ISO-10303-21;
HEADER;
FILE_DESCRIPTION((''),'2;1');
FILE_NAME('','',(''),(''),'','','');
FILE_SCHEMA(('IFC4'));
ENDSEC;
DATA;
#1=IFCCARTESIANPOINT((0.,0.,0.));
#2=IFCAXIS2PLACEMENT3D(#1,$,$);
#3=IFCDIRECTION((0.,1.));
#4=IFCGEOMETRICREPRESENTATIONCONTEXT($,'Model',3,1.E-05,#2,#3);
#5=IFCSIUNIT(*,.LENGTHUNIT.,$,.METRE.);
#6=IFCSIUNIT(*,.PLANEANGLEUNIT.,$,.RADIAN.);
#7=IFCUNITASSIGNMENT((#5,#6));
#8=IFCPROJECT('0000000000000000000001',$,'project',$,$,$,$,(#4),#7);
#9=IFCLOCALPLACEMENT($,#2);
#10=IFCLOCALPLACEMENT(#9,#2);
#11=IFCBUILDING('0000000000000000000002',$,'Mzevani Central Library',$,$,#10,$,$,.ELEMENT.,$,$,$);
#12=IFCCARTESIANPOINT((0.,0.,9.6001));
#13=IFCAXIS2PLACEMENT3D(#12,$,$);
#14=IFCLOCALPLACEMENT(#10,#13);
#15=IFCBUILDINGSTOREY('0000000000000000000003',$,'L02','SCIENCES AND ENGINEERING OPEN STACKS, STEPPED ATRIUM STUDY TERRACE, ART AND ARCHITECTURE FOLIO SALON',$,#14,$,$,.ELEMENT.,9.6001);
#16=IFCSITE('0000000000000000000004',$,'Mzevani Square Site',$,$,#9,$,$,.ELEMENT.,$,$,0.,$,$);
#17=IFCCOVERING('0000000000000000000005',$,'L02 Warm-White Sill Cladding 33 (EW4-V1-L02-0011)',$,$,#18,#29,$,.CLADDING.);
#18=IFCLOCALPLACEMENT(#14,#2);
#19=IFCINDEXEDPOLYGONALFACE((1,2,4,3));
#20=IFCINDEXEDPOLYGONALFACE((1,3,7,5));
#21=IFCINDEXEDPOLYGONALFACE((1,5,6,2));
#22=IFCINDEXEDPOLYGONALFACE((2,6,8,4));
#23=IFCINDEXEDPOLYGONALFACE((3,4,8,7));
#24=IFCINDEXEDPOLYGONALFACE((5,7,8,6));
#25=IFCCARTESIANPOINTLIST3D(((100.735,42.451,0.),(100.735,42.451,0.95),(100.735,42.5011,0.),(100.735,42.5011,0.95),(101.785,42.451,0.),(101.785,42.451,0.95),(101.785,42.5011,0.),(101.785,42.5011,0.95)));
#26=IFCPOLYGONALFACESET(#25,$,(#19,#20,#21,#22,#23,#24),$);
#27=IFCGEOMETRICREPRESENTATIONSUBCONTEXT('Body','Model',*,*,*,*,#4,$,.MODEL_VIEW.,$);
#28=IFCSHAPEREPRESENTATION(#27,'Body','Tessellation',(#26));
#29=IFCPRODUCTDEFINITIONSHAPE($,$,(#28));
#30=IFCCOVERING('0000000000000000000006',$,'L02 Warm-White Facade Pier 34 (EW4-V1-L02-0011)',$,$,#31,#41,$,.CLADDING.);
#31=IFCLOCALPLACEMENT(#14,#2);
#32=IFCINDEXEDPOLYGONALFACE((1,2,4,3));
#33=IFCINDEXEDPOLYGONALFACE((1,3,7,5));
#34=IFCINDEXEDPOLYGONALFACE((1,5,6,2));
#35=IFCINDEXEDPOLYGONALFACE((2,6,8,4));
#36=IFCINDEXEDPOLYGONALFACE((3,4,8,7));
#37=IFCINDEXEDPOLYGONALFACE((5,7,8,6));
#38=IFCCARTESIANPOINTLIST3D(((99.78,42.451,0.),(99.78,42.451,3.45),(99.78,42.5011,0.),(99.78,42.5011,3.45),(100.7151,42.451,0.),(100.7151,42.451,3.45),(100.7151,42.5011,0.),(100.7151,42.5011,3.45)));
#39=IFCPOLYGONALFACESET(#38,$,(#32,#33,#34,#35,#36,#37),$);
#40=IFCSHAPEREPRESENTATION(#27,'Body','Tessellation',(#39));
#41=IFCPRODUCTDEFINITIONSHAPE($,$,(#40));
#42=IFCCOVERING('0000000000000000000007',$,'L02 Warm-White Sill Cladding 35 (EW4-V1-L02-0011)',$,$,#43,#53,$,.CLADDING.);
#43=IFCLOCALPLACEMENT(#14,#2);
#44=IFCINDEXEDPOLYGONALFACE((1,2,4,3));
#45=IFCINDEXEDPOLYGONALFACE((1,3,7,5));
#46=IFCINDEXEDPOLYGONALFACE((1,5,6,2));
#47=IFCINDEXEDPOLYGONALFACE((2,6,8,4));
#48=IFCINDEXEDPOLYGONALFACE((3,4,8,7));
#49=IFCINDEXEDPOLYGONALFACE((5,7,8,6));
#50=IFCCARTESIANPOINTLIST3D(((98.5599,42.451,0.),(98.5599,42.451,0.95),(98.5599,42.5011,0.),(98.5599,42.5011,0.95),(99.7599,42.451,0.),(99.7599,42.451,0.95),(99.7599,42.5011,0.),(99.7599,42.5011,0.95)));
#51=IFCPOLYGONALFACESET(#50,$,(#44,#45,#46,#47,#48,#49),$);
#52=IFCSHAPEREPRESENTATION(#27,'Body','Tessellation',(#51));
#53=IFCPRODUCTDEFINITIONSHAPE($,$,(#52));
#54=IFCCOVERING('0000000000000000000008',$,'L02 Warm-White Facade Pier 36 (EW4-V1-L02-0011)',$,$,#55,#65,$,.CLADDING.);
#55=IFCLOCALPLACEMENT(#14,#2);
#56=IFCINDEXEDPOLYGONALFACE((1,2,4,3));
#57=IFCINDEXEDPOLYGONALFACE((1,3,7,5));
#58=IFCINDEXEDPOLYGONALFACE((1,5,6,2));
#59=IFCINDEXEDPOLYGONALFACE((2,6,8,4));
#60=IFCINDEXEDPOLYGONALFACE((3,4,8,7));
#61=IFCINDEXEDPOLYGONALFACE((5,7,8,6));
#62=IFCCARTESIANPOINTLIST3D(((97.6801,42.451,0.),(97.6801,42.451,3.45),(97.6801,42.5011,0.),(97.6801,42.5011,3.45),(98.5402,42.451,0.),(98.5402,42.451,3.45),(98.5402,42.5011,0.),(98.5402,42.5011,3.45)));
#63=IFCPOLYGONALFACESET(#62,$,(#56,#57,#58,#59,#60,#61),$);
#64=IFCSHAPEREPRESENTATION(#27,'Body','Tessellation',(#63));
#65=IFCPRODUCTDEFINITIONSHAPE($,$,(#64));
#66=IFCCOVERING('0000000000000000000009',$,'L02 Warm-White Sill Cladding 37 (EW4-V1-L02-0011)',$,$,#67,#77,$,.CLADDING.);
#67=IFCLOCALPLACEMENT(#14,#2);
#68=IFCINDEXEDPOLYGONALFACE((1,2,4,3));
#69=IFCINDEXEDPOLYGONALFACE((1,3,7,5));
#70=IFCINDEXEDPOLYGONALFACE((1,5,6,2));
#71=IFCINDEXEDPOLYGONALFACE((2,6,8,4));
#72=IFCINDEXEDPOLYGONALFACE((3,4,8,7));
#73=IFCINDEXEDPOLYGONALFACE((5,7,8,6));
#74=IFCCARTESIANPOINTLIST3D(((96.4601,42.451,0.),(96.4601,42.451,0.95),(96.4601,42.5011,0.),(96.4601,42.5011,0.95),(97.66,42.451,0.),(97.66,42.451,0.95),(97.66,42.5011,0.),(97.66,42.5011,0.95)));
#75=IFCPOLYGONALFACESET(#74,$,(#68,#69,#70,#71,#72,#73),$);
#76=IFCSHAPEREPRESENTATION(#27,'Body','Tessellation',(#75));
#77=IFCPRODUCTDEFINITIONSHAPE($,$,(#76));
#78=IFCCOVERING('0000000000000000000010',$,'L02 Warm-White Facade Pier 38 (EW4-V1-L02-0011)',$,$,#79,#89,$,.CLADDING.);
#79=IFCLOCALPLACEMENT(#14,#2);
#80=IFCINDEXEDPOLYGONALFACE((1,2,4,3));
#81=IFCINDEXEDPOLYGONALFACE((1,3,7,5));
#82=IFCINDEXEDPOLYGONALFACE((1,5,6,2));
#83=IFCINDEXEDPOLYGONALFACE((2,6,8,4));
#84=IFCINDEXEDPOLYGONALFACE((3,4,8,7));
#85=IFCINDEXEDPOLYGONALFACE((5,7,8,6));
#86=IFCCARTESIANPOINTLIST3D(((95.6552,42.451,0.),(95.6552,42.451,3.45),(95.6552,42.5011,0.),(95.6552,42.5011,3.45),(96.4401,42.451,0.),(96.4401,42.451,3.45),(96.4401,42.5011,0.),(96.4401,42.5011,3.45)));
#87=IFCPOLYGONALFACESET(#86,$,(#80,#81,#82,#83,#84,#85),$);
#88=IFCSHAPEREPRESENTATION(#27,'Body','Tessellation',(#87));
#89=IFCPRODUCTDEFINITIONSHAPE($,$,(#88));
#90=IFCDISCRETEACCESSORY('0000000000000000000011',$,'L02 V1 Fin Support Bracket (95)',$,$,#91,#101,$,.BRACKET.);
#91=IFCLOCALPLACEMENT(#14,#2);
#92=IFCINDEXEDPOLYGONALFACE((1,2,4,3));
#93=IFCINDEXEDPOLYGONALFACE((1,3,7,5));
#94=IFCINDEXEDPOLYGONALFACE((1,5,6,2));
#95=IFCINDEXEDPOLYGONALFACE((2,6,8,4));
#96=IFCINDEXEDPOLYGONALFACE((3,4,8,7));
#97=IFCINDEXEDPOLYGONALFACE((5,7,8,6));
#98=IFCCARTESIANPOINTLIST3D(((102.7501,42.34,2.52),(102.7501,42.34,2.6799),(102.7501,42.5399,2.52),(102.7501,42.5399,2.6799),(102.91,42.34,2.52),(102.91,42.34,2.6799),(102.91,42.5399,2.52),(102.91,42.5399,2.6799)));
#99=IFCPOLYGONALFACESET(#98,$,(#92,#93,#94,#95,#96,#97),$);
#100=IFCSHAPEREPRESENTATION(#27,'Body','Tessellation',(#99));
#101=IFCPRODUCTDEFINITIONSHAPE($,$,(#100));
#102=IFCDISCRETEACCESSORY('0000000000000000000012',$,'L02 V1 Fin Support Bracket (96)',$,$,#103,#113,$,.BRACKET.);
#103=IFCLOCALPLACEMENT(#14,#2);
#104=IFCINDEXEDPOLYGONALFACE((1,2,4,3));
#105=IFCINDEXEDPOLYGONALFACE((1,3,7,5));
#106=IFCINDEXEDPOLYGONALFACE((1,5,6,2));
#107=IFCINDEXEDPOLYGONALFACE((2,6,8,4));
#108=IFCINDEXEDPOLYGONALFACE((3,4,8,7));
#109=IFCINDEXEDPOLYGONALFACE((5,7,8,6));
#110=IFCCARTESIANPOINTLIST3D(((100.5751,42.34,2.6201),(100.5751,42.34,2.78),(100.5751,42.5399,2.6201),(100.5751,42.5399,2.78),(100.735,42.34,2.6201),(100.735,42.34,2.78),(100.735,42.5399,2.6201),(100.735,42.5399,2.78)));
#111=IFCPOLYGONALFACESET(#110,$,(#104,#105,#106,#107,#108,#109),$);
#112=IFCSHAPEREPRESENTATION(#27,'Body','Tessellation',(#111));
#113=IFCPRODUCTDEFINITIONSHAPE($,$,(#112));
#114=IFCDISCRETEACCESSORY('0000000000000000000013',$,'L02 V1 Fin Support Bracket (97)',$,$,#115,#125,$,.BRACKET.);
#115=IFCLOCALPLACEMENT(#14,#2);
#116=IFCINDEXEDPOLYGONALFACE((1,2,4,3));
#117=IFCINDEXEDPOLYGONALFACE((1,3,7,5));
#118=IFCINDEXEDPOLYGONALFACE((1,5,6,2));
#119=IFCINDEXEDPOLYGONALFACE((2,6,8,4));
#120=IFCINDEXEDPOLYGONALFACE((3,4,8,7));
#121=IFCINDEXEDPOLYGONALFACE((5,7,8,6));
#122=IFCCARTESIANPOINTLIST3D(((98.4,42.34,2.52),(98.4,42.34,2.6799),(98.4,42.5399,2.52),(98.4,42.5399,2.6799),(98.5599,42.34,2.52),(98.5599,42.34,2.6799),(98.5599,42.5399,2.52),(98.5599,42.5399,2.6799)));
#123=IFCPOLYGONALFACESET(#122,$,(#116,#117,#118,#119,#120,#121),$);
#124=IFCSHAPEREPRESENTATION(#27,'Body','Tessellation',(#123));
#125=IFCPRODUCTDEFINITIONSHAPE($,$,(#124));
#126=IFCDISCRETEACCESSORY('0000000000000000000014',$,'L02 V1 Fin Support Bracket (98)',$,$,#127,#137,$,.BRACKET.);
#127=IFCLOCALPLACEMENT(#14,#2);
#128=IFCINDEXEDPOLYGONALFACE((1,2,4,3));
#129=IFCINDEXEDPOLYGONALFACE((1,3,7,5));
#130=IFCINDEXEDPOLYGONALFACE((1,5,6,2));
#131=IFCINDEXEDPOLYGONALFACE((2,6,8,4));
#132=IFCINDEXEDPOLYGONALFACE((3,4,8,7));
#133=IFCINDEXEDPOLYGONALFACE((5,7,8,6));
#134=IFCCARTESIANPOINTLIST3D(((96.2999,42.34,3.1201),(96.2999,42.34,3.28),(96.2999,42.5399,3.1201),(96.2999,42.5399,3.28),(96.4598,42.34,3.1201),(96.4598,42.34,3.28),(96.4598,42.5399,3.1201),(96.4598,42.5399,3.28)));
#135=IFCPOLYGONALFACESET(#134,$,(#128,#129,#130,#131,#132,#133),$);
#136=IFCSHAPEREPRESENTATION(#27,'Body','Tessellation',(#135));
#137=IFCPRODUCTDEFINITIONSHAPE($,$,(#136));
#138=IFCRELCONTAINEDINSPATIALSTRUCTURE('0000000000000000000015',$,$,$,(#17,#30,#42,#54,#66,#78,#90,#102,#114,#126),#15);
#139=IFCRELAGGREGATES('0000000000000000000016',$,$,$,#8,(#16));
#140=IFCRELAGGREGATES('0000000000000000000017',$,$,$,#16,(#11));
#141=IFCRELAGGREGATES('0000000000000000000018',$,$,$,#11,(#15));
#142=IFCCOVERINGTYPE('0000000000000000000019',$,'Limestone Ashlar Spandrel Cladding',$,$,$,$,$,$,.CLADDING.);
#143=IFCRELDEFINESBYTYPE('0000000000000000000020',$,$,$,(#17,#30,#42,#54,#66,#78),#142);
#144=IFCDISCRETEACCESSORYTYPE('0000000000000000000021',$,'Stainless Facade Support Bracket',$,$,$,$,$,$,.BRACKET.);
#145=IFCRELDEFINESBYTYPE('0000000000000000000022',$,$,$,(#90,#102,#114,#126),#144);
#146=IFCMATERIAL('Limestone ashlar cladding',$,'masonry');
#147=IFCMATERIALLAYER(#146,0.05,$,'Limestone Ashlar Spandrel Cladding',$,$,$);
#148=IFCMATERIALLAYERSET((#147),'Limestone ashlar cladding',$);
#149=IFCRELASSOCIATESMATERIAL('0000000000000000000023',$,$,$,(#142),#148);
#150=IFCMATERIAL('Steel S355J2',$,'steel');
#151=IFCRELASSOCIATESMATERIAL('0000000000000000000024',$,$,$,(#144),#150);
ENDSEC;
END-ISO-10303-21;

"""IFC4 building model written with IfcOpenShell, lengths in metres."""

from ifc_helpers import new_model, si_unit, direction, frame, origin, origin_2d, place, context, subcontext, project, spatial, rectangle, extrude, material, layer, layer_set, type_object, element, save


model = new_model("IFC4")

# Units and contexts
model_context = context("Model", 3, precision=1e-05, world=origin(), true_north=direction((0.0, 1.0)))
body_context = subcontext(model_context, "Body", "Model", "MODEL_VIEW")
ifc_project = project(units=[si_unit("LENGTHUNIT", "METRE"), si_unit("PLANEANGLEUNIT", "RADIAN")], contexts=[model_context])

# Site, building, storey
site_placement = place(None, origin())
site = spatial("IfcSite", under=ifc_project, at=site_placement, Name="Mzevani Square Site", CompositionType="ELEMENT", RefElevation=0.0)
building_placement = place(site_placement, origin())
building = spatial("IfcBuilding", under=site, at=building_placement, Name="Mzevani Central Library", CompositionType="ELEMENT")
storey_placement = place(building_placement, frame((0.0, 0.0, 9.6001)))
storey = spatial("IfcBuildingStorey", under=building, at=storey_placement, Name="L02", Description="SCIENCES AND ENGINEERING OPEN STACKS, STEPPED ATRIUM STUDY TERRACE, ART AND ARCHITECTURE FOLIO SALON", CompositionType="ELEMENT", Elevation=9.6001)

# Coverings
ifc_material_1 = material(Name="Limestone ashlar cladding", Category="masonry")
ifc_layer_1 = layer(ifc_material_1, 0.05, Name="Limestone Ashlar Spandrel Cladding")
ifc_layer_set_1 = layer_set([ifc_layer_1], Name="Limestone ashlar cladding")
covering_type = type_object("IfcCoveringType", Name="Limestone Ashlar Spandrel Cladding", PredefinedType="CLADDING", material=ifc_layer_set_1)
covering_1_placement = place(storey_placement, frame((101.26, 42.4761, 0.0), z_axis=(0.0, 0.0, 1.0), x_axis=(-1.0, 0.0, 0.0)))
element("IfcCovering", 1, at=covering_1_placement, inside=storey, type_object=covering_type, Name="L02 Warm-White Sill Cladding 33 (EW4-V1-L02-0011)", PredefinedType="CLADDING", context=body_context, shape_type="SweptSolid", body=[
    extrude(rectangle(XDim=1.05, YDim=0.05, at=origin_2d()), origin(), (0.0, 0.0, 1.0), 0.95),
])
covering_2_placement = place(storey_placement, frame((100.2476, 42.4761, 0.0), z_axis=(0.0, 0.0, 1.0), x_axis=(-1.0, 0.0, 0.0)))
element("IfcCovering", 2, at=covering_2_placement, inside=storey, type_object=covering_type, Name="L02 Warm-White Facade Pier 34 (EW4-V1-L02-0011)", PredefinedType="CLADDING", context=body_context, shape_type="SweptSolid", body=[
    extrude(rectangle(XDim=0.9351, YDim=0.05, at=origin_2d()), origin(), (0.0, 0.0, 1.0), 3.45),
])
covering_3_placement = place(storey_placement, frame((99.1599, 42.4761, 0.0), z_axis=(0.0, 0.0, 1.0), x_axis=(-1.0, 0.0, 0.0)))
element("IfcCovering", 3, at=covering_3_placement, inside=storey, type_object=covering_type, Name="L02 Warm-White Sill Cladding 35 (EW4-V1-L02-0011)", PredefinedType="CLADDING", context=body_context, shape_type="SweptSolid", body=[
    extrude(rectangle(XDim=1.2, YDim=0.05, at=origin_2d()), origin(), (0.0, 0.0, 1.0), 0.95),
])
covering_4_placement = place(storey_placement, frame((98.1101, 42.4761, 0.0), z_axis=(0.0, 0.0, 1.0), x_axis=(-1.0, 0.0, 0.0)))
element("IfcCovering", 4, at=covering_4_placement, inside=storey, type_object=covering_type, Name="L02 Warm-White Facade Pier 36 (EW4-V1-L02-0011)", PredefinedType="CLADDING", context=body_context, shape_type="SweptSolid", body=[
    extrude(rectangle(XDim=0.8601, YDim=0.05, at=origin_2d()), origin(), (0.0, 0.0, 1.0), 3.45),
])
covering_5_placement = place(storey_placement, frame((97.0601, 42.4761, 0.0), z_axis=(0.0, 0.0, 1.0), x_axis=(-1.0, 0.0, 0.0)))
element("IfcCovering", 5, at=covering_5_placement, inside=storey, type_object=covering_type, Name="L02 Warm-White Sill Cladding 37 (EW4-V1-L02-0011)", PredefinedType="CLADDING", context=body_context, shape_type="SweptSolid", body=[
    extrude(rectangle(XDim=1.2, YDim=0.05, at=origin_2d()), origin(), (0.0, 0.0, 1.0), 0.95),
])
covering_6_placement = place(storey_placement, frame((96.0476, 42.4761, 0.0), z_axis=(0.0, 0.0, 1.0), x_axis=(-1.0, 0.0, 0.0)))
element("IfcCovering", 6, at=covering_6_placement, inside=storey, type_object=covering_type, Name="L02 Warm-White Facade Pier 38 (EW4-V1-L02-0011)", PredefinedType="CLADDING", context=body_context, shape_type="SweptSolid", body=[
    extrude(rectangle(XDim=0.7849, YDim=0.05, at=origin_2d()), origin(), (0.0, 0.0, 1.0), 3.45),
])

# Discrete accessories
ifc_material_2 = material(Name="Steel S355J2", Category="steel")
discrete_accessory_type = type_object("IfcDiscreteAccessoryType", Name="Stainless Facade Support Bracket", PredefinedType="BRACKET", material=ifc_material_2)
for number, where, z_axis, x_axis, name in (
    (7, (102.8301, 42.4399, 2.52), (0.0, 0.0, 1.0), (-1.0, 0.0, 0.0), "L02 V1 Fin Support Bracket (95)"),
    (8, (100.655, 42.4399, 2.6201), (0.0, 0.0, 1.0), (-1.0, 0.0, 0.0), "L02 V1 Fin Support Bracket (96)"),
    (9, (98.48, 42.4399, 2.52), (0.0, 0.0, 1.0), (-1.0, 0.0, 0.0), "L02 V1 Fin Support Bracket (97)"),
    (10, (96.3799, 42.4399, 3.1201), (0.0, 0.0, 1.0), (-1.0, 0.0, 0.0), "L02 V1 Fin Support Bracket (98)"),
):
    element("IfcDiscreteAccessory", number, at=place(storey_placement, frame(where, z_axis=z_axis, x_axis=x_axis)), inside=storey, type_object=discrete_accessory_type, Name=name, PredefinedType="BRACKET", context=body_context, shape_type="SweptSolid", body=[
        extrude(rectangle(XDim=0.1599, YDim=0.2, at=origin_2d()), origin(), (0.0, 0.0, 1.0), 0.1599),
    ])

save(model, "model.ifc")
